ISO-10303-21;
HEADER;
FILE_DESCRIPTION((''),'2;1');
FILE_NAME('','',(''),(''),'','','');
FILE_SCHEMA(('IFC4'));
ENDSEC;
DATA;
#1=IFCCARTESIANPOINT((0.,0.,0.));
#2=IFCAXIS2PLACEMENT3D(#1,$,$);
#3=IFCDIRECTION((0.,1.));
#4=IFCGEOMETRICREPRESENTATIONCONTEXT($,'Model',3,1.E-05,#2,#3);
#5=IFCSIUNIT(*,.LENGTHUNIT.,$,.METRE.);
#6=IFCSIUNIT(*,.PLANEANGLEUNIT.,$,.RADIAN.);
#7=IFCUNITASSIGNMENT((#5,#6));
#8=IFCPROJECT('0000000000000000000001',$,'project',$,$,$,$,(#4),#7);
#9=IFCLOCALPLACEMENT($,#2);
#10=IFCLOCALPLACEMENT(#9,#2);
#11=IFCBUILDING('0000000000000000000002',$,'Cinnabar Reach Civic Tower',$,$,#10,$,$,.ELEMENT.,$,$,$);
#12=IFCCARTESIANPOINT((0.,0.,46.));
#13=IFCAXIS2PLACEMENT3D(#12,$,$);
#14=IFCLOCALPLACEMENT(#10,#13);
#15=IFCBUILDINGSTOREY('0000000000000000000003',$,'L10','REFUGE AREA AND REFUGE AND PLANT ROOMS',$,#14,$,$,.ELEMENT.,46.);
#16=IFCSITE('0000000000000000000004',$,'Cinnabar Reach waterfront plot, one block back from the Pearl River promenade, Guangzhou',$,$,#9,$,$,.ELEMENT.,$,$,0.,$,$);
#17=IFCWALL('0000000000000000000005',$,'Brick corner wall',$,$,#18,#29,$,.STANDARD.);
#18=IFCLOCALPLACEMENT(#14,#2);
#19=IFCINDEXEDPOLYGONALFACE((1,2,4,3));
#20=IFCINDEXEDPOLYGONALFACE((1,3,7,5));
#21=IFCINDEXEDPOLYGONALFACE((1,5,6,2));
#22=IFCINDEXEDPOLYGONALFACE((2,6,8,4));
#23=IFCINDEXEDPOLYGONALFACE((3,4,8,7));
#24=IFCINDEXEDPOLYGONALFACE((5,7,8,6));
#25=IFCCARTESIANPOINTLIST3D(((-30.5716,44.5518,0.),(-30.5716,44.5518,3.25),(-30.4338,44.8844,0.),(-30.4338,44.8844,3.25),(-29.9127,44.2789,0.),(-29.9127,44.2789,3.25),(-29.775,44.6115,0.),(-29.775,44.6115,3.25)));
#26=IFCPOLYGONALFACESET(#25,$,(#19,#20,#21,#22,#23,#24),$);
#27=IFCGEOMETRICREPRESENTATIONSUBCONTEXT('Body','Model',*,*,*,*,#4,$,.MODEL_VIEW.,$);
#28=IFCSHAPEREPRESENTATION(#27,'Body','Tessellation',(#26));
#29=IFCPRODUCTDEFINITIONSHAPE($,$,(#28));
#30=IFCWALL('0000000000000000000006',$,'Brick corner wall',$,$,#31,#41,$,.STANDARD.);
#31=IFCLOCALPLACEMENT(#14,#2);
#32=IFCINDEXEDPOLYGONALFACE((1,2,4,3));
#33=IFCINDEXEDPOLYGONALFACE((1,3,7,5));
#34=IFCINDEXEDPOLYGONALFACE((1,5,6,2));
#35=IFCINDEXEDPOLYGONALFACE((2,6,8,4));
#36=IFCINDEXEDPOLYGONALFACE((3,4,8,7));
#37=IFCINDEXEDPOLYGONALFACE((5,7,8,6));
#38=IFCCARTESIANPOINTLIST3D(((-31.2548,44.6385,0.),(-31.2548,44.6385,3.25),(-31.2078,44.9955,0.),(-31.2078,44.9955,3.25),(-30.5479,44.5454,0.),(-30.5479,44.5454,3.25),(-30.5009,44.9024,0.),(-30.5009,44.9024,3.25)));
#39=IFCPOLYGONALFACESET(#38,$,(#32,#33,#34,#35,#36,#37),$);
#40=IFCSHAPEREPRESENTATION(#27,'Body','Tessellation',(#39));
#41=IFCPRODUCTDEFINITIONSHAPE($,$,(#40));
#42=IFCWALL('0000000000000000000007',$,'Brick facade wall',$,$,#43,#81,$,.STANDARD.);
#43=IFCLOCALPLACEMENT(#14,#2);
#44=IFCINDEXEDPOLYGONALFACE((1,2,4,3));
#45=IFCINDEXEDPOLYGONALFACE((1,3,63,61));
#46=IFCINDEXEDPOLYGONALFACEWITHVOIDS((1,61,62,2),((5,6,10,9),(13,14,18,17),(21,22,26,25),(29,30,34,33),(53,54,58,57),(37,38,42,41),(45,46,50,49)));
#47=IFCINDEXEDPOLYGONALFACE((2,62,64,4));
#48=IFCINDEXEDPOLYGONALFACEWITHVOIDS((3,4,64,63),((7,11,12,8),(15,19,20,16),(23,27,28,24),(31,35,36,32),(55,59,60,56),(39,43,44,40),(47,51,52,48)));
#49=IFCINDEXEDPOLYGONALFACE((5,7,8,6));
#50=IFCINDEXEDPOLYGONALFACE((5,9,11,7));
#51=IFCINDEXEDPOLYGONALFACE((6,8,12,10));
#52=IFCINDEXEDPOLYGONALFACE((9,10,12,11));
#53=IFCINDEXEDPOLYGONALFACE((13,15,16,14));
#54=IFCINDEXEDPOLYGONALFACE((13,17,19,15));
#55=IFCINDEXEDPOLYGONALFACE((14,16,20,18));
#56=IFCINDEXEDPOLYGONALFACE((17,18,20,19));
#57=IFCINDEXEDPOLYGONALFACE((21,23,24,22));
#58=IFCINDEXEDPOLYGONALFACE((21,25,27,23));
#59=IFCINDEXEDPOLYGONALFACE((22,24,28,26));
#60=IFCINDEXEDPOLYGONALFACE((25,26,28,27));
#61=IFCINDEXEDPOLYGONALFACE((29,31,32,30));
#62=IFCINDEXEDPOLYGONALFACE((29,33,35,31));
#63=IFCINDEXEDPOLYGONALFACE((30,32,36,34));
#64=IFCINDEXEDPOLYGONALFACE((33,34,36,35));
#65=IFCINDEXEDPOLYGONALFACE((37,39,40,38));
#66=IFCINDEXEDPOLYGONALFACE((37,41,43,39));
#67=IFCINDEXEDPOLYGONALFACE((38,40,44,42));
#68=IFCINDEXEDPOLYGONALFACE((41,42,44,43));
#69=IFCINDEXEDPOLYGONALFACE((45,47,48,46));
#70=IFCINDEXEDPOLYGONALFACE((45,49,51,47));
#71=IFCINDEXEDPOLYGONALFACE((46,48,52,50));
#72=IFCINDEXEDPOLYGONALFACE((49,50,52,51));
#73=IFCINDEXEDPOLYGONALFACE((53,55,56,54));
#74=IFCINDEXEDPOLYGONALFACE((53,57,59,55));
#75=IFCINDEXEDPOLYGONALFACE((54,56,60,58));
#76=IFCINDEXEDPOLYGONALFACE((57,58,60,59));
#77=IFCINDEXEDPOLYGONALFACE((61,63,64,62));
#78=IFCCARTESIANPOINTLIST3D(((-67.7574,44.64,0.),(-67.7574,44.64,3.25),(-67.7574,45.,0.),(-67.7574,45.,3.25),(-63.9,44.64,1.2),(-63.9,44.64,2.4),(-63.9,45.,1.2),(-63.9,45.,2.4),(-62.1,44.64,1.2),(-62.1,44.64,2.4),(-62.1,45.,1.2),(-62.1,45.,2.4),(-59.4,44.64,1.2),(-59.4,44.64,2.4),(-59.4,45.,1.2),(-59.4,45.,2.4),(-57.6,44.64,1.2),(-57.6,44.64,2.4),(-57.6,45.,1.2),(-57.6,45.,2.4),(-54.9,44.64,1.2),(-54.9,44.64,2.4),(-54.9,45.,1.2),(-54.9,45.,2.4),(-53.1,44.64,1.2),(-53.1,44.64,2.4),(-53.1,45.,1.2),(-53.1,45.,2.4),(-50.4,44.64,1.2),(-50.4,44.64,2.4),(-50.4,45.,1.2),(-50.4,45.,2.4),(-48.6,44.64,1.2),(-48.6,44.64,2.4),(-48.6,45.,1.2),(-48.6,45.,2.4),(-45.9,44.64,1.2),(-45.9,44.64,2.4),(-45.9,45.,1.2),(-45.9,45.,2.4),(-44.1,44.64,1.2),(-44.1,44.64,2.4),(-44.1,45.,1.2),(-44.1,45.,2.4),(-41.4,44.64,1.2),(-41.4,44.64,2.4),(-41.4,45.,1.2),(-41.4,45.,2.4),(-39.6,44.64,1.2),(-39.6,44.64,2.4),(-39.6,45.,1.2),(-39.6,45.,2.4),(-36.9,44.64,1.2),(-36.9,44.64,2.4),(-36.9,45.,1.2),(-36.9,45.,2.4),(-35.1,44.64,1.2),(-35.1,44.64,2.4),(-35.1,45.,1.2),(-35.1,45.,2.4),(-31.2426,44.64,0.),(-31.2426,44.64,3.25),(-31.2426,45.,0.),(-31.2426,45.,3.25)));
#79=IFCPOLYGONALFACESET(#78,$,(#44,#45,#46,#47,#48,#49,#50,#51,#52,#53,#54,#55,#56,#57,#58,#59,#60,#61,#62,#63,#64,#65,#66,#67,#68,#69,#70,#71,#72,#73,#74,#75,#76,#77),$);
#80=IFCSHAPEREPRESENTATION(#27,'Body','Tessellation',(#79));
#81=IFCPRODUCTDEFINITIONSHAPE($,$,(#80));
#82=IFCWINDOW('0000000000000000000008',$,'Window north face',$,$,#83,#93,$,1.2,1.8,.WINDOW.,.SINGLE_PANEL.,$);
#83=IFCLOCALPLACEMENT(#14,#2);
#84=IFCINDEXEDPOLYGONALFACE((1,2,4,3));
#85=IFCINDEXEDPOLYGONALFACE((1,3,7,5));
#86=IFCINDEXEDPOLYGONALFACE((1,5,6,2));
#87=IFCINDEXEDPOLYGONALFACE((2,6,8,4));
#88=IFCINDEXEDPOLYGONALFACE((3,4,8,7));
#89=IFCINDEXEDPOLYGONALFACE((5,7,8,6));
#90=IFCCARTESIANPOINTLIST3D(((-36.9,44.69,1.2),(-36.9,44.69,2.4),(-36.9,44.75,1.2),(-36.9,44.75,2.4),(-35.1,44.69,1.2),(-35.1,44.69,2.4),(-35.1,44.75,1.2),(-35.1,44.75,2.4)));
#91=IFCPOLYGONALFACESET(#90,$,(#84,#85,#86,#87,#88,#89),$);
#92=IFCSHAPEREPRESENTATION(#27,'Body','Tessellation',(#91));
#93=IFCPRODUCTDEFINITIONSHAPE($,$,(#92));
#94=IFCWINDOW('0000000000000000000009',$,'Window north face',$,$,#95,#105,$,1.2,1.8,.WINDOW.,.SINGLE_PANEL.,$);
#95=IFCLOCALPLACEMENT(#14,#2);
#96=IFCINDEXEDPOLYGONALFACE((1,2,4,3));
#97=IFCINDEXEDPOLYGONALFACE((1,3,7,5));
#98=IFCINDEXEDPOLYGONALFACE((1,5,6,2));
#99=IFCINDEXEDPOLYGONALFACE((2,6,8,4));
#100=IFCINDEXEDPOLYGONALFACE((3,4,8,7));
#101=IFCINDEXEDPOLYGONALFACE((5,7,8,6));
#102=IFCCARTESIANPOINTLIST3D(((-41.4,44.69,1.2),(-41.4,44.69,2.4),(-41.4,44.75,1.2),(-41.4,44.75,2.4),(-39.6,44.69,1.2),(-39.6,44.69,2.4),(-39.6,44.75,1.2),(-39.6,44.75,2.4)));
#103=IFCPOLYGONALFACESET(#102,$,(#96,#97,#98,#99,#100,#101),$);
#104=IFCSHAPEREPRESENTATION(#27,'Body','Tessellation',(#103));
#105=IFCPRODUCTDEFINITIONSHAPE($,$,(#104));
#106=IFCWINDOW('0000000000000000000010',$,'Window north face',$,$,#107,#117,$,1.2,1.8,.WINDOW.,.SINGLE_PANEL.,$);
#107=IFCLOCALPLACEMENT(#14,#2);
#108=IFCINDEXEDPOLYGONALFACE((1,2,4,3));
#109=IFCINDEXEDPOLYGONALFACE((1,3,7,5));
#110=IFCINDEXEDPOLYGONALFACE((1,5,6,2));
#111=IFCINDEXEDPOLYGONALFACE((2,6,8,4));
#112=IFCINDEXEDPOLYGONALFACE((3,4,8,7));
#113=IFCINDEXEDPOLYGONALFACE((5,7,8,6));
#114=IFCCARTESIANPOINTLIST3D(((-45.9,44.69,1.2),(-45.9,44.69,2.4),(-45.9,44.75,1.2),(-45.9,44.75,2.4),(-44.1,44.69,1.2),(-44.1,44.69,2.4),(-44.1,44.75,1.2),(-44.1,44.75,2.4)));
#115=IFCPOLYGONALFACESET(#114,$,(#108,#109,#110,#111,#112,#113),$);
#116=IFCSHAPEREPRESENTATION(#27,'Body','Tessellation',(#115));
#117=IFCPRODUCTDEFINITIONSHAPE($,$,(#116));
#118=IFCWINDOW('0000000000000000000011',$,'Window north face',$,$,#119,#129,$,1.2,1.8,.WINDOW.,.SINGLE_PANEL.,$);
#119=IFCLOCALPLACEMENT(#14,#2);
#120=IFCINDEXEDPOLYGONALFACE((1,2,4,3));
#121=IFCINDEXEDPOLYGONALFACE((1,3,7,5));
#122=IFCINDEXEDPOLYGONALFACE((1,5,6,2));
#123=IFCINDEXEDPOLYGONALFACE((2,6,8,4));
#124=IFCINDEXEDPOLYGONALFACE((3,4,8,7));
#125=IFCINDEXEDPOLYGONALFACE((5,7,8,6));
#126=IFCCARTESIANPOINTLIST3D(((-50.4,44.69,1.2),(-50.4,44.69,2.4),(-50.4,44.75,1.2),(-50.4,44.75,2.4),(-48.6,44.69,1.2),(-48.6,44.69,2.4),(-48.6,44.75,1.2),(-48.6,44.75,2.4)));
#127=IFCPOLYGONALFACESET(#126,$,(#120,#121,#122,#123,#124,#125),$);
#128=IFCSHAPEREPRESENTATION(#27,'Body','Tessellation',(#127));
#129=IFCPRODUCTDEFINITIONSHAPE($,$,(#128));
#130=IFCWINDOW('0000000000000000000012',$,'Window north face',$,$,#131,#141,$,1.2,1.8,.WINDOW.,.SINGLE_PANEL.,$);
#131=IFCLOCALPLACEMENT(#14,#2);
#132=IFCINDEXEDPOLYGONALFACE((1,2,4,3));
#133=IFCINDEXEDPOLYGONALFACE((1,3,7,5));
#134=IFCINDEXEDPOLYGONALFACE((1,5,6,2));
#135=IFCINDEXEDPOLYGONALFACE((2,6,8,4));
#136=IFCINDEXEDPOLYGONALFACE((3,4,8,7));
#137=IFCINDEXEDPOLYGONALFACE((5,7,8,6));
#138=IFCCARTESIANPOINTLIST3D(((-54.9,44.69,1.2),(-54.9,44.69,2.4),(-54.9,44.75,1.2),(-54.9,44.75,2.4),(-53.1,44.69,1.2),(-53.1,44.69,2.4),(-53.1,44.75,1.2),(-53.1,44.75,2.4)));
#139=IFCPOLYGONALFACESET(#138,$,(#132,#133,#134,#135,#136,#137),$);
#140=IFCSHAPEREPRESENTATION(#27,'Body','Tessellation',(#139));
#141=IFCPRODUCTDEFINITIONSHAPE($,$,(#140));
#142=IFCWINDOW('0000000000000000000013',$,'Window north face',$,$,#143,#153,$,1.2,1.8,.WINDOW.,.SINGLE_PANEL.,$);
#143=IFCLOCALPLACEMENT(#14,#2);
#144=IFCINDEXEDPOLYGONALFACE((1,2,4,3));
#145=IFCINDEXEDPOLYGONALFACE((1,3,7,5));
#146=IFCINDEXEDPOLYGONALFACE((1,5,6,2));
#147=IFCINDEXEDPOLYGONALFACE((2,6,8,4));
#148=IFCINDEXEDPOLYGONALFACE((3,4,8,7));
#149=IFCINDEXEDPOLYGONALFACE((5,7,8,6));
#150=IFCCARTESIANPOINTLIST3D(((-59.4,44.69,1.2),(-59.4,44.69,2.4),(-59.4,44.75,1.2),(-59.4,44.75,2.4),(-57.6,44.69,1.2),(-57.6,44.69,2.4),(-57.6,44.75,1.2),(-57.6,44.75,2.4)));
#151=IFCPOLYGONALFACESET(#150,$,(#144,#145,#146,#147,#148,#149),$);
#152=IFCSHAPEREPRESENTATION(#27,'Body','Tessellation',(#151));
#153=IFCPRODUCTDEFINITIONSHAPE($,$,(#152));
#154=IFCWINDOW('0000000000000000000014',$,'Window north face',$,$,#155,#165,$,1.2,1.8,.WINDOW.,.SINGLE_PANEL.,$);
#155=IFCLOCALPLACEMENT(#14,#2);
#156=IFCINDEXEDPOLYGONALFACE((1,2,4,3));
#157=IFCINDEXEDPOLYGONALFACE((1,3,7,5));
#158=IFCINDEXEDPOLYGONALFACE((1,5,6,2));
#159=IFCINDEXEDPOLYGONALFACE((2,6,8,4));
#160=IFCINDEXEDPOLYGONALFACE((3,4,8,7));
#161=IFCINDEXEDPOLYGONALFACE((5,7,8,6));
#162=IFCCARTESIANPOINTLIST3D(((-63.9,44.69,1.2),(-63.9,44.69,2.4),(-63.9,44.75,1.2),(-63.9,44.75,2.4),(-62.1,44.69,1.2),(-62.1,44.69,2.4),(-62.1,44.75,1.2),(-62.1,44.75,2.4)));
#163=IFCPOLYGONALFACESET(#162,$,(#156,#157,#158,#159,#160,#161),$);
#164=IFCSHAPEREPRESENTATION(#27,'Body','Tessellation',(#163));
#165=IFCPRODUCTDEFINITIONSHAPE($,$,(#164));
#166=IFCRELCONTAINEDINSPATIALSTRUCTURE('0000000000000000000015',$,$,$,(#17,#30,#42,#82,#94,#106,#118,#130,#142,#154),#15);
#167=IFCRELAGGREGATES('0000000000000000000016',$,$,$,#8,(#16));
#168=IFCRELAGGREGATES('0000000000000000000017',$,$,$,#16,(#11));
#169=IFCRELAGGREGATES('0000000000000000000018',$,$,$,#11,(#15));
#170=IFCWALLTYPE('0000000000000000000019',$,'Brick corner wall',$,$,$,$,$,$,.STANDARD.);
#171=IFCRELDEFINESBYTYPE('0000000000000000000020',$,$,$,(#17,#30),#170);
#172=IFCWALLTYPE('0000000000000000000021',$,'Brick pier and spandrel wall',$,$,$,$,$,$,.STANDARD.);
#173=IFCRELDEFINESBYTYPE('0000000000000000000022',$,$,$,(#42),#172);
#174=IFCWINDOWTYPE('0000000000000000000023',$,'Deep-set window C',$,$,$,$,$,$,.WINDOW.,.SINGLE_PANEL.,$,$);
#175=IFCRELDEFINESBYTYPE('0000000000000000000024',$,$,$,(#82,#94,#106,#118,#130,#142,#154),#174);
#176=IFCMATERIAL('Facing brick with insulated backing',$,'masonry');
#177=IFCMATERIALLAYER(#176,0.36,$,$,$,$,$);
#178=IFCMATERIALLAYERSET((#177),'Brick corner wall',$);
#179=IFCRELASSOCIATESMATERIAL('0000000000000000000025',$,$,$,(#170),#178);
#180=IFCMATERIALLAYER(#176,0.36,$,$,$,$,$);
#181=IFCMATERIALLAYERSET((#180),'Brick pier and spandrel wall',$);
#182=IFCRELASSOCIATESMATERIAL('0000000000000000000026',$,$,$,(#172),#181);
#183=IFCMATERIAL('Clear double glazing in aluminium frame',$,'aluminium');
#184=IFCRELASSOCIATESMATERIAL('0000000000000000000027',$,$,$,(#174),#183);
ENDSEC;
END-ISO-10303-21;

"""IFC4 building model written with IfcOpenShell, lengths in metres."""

from ifc_helpers import new_model, si_unit, direction, frame, frame_2d, origin, place, context, subcontext, project, spatial, rectangle, extrude, material, layer, layer_set, type_object, element, fill, save


model = new_model("IFC4")

# Units and contexts
model_context = context("Model", 3, precision=1e-05, world=origin(), true_north=direction((0.0, 1.0)))
body_context = subcontext(model_context, "Body", "Model", "MODEL_VIEW")
ifc_project = project(units=[si_unit("LENGTHUNIT", "METRE"), si_unit("PLANEANGLEUNIT", "RADIAN")], contexts=[model_context])

# Site, building, storey
site_placement = place(None, origin())
site = spatial("IfcSite", under=ifc_project, at=site_placement, Name="Cinnabar Reach waterfront plot, one block back from the Pearl River promenade, Guangzhou", CompositionType="ELEMENT", RefElevation=0.0)
building_placement = place(site_placement, origin())
building = spatial("IfcBuilding", under=site, at=building_placement, Name="Cinnabar Reach Civic Tower", CompositionType="ELEMENT")
storey_placement = place(building_placement, frame((0.0, 0.0, 46.0)))
storey = spatial("IfcBuildingStorey", under=building, at=storey_placement, Name="L10", Description="REFUGE AREA AND REFUGE AND PLANT ROOMS", CompositionType="ELEMENT", Elevation=46.0)

# Walls
ifc_material_1 = material(Name="Facing brick with insulated backing", Category="masonry")
ifc_layer_1 = layer(ifc_material_1, 0.36)
ifc_layer_set_1 = layer_set([ifc_layer_1], Name="Brick corner wall")
wall_type_1 = type_object("IfcWallType", Name="Brick corner wall", PredefinedType="STANDARD", material=ifc_layer_set_1)
for number, where, z_axis, x_axis, name in (
    (1, (-29.8439, 44.4452, 0.0), (0.0, 0.0, 1.0), (-0.923872, 0.382703, 0.0), "Brick corner wall"),
    (2, (-30.5244, 44.7239, 0.0), (0.0, 0.0, 1.0), (-0.991441, 0.130556, 0.0), "Brick corner wall"),
):
    element("IfcWall", number, at=place(storey_placement, frame(where, z_axis=z_axis, x_axis=x_axis)), inside=storey, type_object=wall_type_1, Name=name, PredefinedType="STANDARD", context=body_context, shape_type="SweptSolid", body=[
        extrude(rectangle(XDim=0.7131, YDim=0.36, at=frame_2d((0.3565, 0.0))), origin(), (0.0, 0.0, 1.0), 3.25),
    ])

# Wall, openings, windows
ifc_layer_2 = layer(ifc_material_1, 0.36)
ifc_layer_set_2 = layer_set([ifc_layer_2], Name="Brick pier and spandrel wall")
wall_type_2 = type_object("IfcWallType", Name="Brick pier and spandrel wall", PredefinedType="STANDARD", material=ifc_layer_set_2)
wall_1_placement = place(storey_placement, frame((-31.2426, 44.82, 0.0), z_axis=(0.0, 0.0, 1.0), x_axis=(-1.0, 0.0, 0.0)))
wall_1 = element("IfcWall", 3, at=wall_1_placement, inside=storey, type_object=wall_type_2, Name="Brick facade wall", PredefinedType="STANDARD", context=body_context, shape_type="SweptSolid", body=[
    extrude(rectangle(XDim=36.5148, YDim=0.36, at=frame_2d((18.2574, 0.0))), origin(), (0.0, 0.0, 1.0), 3.25),
])
opening_1_placement = place(wall_1_placement, frame((3.8574, 0.0, 1.2)))
opening_1 = element("IfcOpeningElement", 4, at=opening_1_placement, cuts=wall_1, PredefinedType="OPENING", context=body_context, shape_type="SweptSolid", body=[
    extrude(rectangle(XDim=1.8, YDim=1.2, at=frame_2d((0.9, 0.6))), frame((0.0, 0.19, 0.0), z_axis=(0.0, -1.0, 0.0), x_axis=(1.0, 0.0, 0.0)), (0.0, 0.0, 1.0), 0.38),
])
opening_2_placement = place(wall_1_placement, frame((8.3574, 0.0, 1.2)))
opening_2 = element("IfcOpeningElement", 5, at=opening_2_placement, cuts=wall_1, PredefinedType="OPENING", context=body_context, shape_type="SweptSolid", body=[
    extrude(rectangle(XDim=1.8, YDim=1.2, at=frame_2d((0.9, 0.6))), frame((0.0, 0.19, 0.0), z_axis=(0.0, -1.0, 0.0), x_axis=(1.0, 0.0, 0.0)), (0.0, 0.0, 1.0), 0.38),
])
opening_3_placement = place(wall_1_placement, frame((12.8574, 0.0, 1.2)))
opening_3 = element("IfcOpeningElement", 6, at=opening_3_placement, cuts=wall_1, PredefinedType="OPENING", context=body_context, shape_type="SweptSolid", body=[
    extrude(rectangle(XDim=1.8, YDim=1.2, at=frame_2d((0.9, 0.6))), frame((0.0, 0.19, 0.0), z_axis=(0.0, -1.0, 0.0), x_axis=(1.0, 0.0, 0.0)), (0.0, 0.0, 1.0), 0.38),
])
opening_4_placement = place(wall_1_placement, frame((17.3574, 0.0, 1.2)))
opening_4 = element("IfcOpeningElement", 7, at=opening_4_placement, cuts=wall_1, PredefinedType="OPENING", context=body_context, shape_type="SweptSolid", body=[
    extrude(rectangle(XDim=1.8, YDim=1.2, at=frame_2d((0.9, 0.6))), frame((0.0, 0.19, 0.0), z_axis=(0.0, -1.0, 0.0), x_axis=(1.0, 0.0, 0.0)), (0.0, 0.0, 1.0), 0.38),
])
opening_5_placement = place(wall_1_placement, frame((21.8574, 0.0, 1.2)))
opening_5 = element("IfcOpeningElement", 8, at=opening_5_placement, cuts=wall_1, PredefinedType="OPENING", context=body_context, shape_type="SweptSolid", body=[
    extrude(rectangle(XDim=1.8, YDim=1.2, at=frame_2d((0.9, 0.6))), frame((0.0, 0.19, 0.0), z_axis=(0.0, -1.0, 0.0), x_axis=(1.0, 0.0, 0.0)), (0.0, 0.0, 1.0), 0.38),
])
opening_6_placement = place(wall_1_placement, frame((26.3574, 0.0, 1.2)))
opening_6 = element("IfcOpeningElement", 9, at=opening_6_placement, cuts=wall_1, PredefinedType="OPENING", context=body_context, shape_type="SweptSolid", body=[
    extrude(rectangle(XDim=1.8, YDim=1.2, at=frame_2d((0.9, 0.6))), frame((0.0, 0.19, 0.0), z_axis=(0.0, -1.0, 0.0), x_axis=(1.0, 0.0, 0.0)), (0.0, 0.0, 1.0), 0.38),
])
opening_7_placement = place(wall_1_placement, frame((30.8574, 0.0, 1.2)))
opening_7 = element("IfcOpeningElement", 10, at=opening_7_placement, cuts=wall_1, PredefinedType="OPENING", context=body_context, shape_type="SweptSolid", body=[
    extrude(rectangle(XDim=1.8, YDim=1.2, at=frame_2d((0.9, 0.6))), frame((0.0, 0.19, 0.0), z_axis=(0.0, -1.0, 0.0), x_axis=(1.0, 0.0, 0.0)), (0.0, 0.0, 1.0), 0.38),
])
ifc_material_2 = material(Name="Clear double glazing in aluminium frame", Category="aluminium")
window_type = type_object("IfcWindowType", Name="Deep-set window C", PartitioningType="SINGLE_PANEL", PredefinedType="WINDOW", material=ifc_material_2)
window_1_placement = place(opening_1_placement, origin())
window_1 = element("IfcWindow", 11, at=window_1_placement, inside=storey, type_object=window_type, Name="Window north face", OverallHeight=1.2, OverallWidth=1.8, PartitioningType="SINGLE_PANEL", PredefinedType="WINDOW", context=body_context, shape_type="SweptSolid", body=[
    extrude(rectangle(XDim=1.8, YDim=1.2, at=frame_2d((0.9, 0.6))), frame((0.0, 0.13, 0.0), z_axis=(0.0, -1.0, 0.0), x_axis=(1.0, 0.0, 0.0)), (0.0, 0.0, 1.0), 0.06),
])
fill(opening_1, window_1)
window_2_placement = place(opening_2_placement, origin())
window_2 = element("IfcWindow", 12, at=window_2_placement, inside=storey, type_object=window_type, Name="Window north face", OverallHeight=1.2, OverallWidth=1.8, PartitioningType="SINGLE_PANEL", PredefinedType="WINDOW", context=body_context, shape_type="SweptSolid", body=[
    extrude(rectangle(XDim=1.8, YDim=1.2, at=frame_2d((0.9, 0.6))), frame((0.0, 0.13, 0.0), z_axis=(0.0, -1.0, 0.0), x_axis=(1.0, 0.0, 0.0)), (0.0, 0.0, 1.0), 0.06),
])
fill(opening_2, window_2)
window_3_placement = place(opening_3_placement, origin())
window_3 = element("IfcWindow", 13, at=window_3_placement, inside=storey, type_object=window_type, Name="Window north face", OverallHeight=1.2, OverallWidth=1.8, PartitioningType="SINGLE_PANEL", PredefinedType="WINDOW", context=body_context, shape_type="SweptSolid", body=[
    extrude(rectangle(XDim=1.8, YDim=1.2, at=frame_2d((0.9, 0.6))), frame((0.0, 0.13, 0.0), z_axis=(0.0, -1.0, 0.0), x_axis=(1.0, 0.0, 0.0)), (0.0, 0.0, 1.0), 0.06),
])
fill(opening_3, window_3)
window_4_placement = place(opening_4_placement, origin())
window_4 = element("IfcWindow", 14, at=window_4_placement, inside=storey, type_object=window_type, Name="Window north face", OverallHeight=1.2, OverallWidth=1.8, PartitioningType="SINGLE_PANEL", PredefinedType="WINDOW", context=body_context, shape_type="SweptSolid", body=[
    extrude(rectangle(XDim=1.8, YDim=1.2, at=frame_2d((0.9, 0.6))), frame((0.0, 0.13, 0.0), z_axis=(0.0, -1.0, 0.0), x_axis=(1.0, 0.0, 0.0)), (0.0, 0.0, 1.0), 0.06),
])
fill(opening_4, window_4)
window_5_placement = place(opening_5_placement, origin())
window_5 = element("IfcWindow", 15, at=window_5_placement, inside=storey, type_object=window_type, Name="Window north face", OverallHeight=1.2, OverallWidth=1.8, PartitioningType="SINGLE_PANEL", PredefinedType="WINDOW", context=body_context, shape_type="SweptSolid", body=[
    extrude(rectangle(XDim=1.8, YDim=1.2, at=frame_2d((0.9, 0.6))), frame((0.0, 0.13, 0.0), z_axis=(0.0, -1.0, 0.0), x_axis=(1.0, 0.0, 0.0)), (0.0, 0.0, 1.0), 0.06),
])
fill(opening_5, window_5)
window_6_placement = place(opening_6_placement, origin())
window_6 = element("IfcWindow", 16, at=window_6_placement, inside=storey, type_object=window_type, Name="Window north face", OverallHeight=1.2, OverallWidth=1.8, PartitioningType="SINGLE_PANEL", PredefinedType="WINDOW", context=body_context, shape_type="SweptSolid", body=[
    extrude(rectangle(XDim=1.8, YDim=1.2, at=frame_2d((0.9, 0.6))), frame((0.0, 0.13, 0.0), z_axis=(0.0, -1.0, 0.0), x_axis=(1.0, 0.0, 0.0)), (0.0, 0.0, 1.0), 0.06),
])
fill(opening_6, window_6)
window_7_placement = place(opening_7_placement, origin())
window_7 = element("IfcWindow", 17, at=window_7_placement, inside=storey, type_object=window_type, Name="Window north face", OverallHeight=1.2, OverallWidth=1.8, PartitioningType="SINGLE_PANEL", PredefinedType="WINDOW", context=body_context, shape_type="SweptSolid", body=[
    extrude(rectangle(XDim=1.8, YDim=1.2, at=frame_2d((0.9, 0.6))), frame((0.0, 0.13, 0.0), z_axis=(0.0, -1.0, 0.0), x_axis=(1.0, 0.0, 0.0)), (0.0, 0.0, 1.0), 0.06),
])
fill(opening_7, window_7)

save(model, "model.ifc")
